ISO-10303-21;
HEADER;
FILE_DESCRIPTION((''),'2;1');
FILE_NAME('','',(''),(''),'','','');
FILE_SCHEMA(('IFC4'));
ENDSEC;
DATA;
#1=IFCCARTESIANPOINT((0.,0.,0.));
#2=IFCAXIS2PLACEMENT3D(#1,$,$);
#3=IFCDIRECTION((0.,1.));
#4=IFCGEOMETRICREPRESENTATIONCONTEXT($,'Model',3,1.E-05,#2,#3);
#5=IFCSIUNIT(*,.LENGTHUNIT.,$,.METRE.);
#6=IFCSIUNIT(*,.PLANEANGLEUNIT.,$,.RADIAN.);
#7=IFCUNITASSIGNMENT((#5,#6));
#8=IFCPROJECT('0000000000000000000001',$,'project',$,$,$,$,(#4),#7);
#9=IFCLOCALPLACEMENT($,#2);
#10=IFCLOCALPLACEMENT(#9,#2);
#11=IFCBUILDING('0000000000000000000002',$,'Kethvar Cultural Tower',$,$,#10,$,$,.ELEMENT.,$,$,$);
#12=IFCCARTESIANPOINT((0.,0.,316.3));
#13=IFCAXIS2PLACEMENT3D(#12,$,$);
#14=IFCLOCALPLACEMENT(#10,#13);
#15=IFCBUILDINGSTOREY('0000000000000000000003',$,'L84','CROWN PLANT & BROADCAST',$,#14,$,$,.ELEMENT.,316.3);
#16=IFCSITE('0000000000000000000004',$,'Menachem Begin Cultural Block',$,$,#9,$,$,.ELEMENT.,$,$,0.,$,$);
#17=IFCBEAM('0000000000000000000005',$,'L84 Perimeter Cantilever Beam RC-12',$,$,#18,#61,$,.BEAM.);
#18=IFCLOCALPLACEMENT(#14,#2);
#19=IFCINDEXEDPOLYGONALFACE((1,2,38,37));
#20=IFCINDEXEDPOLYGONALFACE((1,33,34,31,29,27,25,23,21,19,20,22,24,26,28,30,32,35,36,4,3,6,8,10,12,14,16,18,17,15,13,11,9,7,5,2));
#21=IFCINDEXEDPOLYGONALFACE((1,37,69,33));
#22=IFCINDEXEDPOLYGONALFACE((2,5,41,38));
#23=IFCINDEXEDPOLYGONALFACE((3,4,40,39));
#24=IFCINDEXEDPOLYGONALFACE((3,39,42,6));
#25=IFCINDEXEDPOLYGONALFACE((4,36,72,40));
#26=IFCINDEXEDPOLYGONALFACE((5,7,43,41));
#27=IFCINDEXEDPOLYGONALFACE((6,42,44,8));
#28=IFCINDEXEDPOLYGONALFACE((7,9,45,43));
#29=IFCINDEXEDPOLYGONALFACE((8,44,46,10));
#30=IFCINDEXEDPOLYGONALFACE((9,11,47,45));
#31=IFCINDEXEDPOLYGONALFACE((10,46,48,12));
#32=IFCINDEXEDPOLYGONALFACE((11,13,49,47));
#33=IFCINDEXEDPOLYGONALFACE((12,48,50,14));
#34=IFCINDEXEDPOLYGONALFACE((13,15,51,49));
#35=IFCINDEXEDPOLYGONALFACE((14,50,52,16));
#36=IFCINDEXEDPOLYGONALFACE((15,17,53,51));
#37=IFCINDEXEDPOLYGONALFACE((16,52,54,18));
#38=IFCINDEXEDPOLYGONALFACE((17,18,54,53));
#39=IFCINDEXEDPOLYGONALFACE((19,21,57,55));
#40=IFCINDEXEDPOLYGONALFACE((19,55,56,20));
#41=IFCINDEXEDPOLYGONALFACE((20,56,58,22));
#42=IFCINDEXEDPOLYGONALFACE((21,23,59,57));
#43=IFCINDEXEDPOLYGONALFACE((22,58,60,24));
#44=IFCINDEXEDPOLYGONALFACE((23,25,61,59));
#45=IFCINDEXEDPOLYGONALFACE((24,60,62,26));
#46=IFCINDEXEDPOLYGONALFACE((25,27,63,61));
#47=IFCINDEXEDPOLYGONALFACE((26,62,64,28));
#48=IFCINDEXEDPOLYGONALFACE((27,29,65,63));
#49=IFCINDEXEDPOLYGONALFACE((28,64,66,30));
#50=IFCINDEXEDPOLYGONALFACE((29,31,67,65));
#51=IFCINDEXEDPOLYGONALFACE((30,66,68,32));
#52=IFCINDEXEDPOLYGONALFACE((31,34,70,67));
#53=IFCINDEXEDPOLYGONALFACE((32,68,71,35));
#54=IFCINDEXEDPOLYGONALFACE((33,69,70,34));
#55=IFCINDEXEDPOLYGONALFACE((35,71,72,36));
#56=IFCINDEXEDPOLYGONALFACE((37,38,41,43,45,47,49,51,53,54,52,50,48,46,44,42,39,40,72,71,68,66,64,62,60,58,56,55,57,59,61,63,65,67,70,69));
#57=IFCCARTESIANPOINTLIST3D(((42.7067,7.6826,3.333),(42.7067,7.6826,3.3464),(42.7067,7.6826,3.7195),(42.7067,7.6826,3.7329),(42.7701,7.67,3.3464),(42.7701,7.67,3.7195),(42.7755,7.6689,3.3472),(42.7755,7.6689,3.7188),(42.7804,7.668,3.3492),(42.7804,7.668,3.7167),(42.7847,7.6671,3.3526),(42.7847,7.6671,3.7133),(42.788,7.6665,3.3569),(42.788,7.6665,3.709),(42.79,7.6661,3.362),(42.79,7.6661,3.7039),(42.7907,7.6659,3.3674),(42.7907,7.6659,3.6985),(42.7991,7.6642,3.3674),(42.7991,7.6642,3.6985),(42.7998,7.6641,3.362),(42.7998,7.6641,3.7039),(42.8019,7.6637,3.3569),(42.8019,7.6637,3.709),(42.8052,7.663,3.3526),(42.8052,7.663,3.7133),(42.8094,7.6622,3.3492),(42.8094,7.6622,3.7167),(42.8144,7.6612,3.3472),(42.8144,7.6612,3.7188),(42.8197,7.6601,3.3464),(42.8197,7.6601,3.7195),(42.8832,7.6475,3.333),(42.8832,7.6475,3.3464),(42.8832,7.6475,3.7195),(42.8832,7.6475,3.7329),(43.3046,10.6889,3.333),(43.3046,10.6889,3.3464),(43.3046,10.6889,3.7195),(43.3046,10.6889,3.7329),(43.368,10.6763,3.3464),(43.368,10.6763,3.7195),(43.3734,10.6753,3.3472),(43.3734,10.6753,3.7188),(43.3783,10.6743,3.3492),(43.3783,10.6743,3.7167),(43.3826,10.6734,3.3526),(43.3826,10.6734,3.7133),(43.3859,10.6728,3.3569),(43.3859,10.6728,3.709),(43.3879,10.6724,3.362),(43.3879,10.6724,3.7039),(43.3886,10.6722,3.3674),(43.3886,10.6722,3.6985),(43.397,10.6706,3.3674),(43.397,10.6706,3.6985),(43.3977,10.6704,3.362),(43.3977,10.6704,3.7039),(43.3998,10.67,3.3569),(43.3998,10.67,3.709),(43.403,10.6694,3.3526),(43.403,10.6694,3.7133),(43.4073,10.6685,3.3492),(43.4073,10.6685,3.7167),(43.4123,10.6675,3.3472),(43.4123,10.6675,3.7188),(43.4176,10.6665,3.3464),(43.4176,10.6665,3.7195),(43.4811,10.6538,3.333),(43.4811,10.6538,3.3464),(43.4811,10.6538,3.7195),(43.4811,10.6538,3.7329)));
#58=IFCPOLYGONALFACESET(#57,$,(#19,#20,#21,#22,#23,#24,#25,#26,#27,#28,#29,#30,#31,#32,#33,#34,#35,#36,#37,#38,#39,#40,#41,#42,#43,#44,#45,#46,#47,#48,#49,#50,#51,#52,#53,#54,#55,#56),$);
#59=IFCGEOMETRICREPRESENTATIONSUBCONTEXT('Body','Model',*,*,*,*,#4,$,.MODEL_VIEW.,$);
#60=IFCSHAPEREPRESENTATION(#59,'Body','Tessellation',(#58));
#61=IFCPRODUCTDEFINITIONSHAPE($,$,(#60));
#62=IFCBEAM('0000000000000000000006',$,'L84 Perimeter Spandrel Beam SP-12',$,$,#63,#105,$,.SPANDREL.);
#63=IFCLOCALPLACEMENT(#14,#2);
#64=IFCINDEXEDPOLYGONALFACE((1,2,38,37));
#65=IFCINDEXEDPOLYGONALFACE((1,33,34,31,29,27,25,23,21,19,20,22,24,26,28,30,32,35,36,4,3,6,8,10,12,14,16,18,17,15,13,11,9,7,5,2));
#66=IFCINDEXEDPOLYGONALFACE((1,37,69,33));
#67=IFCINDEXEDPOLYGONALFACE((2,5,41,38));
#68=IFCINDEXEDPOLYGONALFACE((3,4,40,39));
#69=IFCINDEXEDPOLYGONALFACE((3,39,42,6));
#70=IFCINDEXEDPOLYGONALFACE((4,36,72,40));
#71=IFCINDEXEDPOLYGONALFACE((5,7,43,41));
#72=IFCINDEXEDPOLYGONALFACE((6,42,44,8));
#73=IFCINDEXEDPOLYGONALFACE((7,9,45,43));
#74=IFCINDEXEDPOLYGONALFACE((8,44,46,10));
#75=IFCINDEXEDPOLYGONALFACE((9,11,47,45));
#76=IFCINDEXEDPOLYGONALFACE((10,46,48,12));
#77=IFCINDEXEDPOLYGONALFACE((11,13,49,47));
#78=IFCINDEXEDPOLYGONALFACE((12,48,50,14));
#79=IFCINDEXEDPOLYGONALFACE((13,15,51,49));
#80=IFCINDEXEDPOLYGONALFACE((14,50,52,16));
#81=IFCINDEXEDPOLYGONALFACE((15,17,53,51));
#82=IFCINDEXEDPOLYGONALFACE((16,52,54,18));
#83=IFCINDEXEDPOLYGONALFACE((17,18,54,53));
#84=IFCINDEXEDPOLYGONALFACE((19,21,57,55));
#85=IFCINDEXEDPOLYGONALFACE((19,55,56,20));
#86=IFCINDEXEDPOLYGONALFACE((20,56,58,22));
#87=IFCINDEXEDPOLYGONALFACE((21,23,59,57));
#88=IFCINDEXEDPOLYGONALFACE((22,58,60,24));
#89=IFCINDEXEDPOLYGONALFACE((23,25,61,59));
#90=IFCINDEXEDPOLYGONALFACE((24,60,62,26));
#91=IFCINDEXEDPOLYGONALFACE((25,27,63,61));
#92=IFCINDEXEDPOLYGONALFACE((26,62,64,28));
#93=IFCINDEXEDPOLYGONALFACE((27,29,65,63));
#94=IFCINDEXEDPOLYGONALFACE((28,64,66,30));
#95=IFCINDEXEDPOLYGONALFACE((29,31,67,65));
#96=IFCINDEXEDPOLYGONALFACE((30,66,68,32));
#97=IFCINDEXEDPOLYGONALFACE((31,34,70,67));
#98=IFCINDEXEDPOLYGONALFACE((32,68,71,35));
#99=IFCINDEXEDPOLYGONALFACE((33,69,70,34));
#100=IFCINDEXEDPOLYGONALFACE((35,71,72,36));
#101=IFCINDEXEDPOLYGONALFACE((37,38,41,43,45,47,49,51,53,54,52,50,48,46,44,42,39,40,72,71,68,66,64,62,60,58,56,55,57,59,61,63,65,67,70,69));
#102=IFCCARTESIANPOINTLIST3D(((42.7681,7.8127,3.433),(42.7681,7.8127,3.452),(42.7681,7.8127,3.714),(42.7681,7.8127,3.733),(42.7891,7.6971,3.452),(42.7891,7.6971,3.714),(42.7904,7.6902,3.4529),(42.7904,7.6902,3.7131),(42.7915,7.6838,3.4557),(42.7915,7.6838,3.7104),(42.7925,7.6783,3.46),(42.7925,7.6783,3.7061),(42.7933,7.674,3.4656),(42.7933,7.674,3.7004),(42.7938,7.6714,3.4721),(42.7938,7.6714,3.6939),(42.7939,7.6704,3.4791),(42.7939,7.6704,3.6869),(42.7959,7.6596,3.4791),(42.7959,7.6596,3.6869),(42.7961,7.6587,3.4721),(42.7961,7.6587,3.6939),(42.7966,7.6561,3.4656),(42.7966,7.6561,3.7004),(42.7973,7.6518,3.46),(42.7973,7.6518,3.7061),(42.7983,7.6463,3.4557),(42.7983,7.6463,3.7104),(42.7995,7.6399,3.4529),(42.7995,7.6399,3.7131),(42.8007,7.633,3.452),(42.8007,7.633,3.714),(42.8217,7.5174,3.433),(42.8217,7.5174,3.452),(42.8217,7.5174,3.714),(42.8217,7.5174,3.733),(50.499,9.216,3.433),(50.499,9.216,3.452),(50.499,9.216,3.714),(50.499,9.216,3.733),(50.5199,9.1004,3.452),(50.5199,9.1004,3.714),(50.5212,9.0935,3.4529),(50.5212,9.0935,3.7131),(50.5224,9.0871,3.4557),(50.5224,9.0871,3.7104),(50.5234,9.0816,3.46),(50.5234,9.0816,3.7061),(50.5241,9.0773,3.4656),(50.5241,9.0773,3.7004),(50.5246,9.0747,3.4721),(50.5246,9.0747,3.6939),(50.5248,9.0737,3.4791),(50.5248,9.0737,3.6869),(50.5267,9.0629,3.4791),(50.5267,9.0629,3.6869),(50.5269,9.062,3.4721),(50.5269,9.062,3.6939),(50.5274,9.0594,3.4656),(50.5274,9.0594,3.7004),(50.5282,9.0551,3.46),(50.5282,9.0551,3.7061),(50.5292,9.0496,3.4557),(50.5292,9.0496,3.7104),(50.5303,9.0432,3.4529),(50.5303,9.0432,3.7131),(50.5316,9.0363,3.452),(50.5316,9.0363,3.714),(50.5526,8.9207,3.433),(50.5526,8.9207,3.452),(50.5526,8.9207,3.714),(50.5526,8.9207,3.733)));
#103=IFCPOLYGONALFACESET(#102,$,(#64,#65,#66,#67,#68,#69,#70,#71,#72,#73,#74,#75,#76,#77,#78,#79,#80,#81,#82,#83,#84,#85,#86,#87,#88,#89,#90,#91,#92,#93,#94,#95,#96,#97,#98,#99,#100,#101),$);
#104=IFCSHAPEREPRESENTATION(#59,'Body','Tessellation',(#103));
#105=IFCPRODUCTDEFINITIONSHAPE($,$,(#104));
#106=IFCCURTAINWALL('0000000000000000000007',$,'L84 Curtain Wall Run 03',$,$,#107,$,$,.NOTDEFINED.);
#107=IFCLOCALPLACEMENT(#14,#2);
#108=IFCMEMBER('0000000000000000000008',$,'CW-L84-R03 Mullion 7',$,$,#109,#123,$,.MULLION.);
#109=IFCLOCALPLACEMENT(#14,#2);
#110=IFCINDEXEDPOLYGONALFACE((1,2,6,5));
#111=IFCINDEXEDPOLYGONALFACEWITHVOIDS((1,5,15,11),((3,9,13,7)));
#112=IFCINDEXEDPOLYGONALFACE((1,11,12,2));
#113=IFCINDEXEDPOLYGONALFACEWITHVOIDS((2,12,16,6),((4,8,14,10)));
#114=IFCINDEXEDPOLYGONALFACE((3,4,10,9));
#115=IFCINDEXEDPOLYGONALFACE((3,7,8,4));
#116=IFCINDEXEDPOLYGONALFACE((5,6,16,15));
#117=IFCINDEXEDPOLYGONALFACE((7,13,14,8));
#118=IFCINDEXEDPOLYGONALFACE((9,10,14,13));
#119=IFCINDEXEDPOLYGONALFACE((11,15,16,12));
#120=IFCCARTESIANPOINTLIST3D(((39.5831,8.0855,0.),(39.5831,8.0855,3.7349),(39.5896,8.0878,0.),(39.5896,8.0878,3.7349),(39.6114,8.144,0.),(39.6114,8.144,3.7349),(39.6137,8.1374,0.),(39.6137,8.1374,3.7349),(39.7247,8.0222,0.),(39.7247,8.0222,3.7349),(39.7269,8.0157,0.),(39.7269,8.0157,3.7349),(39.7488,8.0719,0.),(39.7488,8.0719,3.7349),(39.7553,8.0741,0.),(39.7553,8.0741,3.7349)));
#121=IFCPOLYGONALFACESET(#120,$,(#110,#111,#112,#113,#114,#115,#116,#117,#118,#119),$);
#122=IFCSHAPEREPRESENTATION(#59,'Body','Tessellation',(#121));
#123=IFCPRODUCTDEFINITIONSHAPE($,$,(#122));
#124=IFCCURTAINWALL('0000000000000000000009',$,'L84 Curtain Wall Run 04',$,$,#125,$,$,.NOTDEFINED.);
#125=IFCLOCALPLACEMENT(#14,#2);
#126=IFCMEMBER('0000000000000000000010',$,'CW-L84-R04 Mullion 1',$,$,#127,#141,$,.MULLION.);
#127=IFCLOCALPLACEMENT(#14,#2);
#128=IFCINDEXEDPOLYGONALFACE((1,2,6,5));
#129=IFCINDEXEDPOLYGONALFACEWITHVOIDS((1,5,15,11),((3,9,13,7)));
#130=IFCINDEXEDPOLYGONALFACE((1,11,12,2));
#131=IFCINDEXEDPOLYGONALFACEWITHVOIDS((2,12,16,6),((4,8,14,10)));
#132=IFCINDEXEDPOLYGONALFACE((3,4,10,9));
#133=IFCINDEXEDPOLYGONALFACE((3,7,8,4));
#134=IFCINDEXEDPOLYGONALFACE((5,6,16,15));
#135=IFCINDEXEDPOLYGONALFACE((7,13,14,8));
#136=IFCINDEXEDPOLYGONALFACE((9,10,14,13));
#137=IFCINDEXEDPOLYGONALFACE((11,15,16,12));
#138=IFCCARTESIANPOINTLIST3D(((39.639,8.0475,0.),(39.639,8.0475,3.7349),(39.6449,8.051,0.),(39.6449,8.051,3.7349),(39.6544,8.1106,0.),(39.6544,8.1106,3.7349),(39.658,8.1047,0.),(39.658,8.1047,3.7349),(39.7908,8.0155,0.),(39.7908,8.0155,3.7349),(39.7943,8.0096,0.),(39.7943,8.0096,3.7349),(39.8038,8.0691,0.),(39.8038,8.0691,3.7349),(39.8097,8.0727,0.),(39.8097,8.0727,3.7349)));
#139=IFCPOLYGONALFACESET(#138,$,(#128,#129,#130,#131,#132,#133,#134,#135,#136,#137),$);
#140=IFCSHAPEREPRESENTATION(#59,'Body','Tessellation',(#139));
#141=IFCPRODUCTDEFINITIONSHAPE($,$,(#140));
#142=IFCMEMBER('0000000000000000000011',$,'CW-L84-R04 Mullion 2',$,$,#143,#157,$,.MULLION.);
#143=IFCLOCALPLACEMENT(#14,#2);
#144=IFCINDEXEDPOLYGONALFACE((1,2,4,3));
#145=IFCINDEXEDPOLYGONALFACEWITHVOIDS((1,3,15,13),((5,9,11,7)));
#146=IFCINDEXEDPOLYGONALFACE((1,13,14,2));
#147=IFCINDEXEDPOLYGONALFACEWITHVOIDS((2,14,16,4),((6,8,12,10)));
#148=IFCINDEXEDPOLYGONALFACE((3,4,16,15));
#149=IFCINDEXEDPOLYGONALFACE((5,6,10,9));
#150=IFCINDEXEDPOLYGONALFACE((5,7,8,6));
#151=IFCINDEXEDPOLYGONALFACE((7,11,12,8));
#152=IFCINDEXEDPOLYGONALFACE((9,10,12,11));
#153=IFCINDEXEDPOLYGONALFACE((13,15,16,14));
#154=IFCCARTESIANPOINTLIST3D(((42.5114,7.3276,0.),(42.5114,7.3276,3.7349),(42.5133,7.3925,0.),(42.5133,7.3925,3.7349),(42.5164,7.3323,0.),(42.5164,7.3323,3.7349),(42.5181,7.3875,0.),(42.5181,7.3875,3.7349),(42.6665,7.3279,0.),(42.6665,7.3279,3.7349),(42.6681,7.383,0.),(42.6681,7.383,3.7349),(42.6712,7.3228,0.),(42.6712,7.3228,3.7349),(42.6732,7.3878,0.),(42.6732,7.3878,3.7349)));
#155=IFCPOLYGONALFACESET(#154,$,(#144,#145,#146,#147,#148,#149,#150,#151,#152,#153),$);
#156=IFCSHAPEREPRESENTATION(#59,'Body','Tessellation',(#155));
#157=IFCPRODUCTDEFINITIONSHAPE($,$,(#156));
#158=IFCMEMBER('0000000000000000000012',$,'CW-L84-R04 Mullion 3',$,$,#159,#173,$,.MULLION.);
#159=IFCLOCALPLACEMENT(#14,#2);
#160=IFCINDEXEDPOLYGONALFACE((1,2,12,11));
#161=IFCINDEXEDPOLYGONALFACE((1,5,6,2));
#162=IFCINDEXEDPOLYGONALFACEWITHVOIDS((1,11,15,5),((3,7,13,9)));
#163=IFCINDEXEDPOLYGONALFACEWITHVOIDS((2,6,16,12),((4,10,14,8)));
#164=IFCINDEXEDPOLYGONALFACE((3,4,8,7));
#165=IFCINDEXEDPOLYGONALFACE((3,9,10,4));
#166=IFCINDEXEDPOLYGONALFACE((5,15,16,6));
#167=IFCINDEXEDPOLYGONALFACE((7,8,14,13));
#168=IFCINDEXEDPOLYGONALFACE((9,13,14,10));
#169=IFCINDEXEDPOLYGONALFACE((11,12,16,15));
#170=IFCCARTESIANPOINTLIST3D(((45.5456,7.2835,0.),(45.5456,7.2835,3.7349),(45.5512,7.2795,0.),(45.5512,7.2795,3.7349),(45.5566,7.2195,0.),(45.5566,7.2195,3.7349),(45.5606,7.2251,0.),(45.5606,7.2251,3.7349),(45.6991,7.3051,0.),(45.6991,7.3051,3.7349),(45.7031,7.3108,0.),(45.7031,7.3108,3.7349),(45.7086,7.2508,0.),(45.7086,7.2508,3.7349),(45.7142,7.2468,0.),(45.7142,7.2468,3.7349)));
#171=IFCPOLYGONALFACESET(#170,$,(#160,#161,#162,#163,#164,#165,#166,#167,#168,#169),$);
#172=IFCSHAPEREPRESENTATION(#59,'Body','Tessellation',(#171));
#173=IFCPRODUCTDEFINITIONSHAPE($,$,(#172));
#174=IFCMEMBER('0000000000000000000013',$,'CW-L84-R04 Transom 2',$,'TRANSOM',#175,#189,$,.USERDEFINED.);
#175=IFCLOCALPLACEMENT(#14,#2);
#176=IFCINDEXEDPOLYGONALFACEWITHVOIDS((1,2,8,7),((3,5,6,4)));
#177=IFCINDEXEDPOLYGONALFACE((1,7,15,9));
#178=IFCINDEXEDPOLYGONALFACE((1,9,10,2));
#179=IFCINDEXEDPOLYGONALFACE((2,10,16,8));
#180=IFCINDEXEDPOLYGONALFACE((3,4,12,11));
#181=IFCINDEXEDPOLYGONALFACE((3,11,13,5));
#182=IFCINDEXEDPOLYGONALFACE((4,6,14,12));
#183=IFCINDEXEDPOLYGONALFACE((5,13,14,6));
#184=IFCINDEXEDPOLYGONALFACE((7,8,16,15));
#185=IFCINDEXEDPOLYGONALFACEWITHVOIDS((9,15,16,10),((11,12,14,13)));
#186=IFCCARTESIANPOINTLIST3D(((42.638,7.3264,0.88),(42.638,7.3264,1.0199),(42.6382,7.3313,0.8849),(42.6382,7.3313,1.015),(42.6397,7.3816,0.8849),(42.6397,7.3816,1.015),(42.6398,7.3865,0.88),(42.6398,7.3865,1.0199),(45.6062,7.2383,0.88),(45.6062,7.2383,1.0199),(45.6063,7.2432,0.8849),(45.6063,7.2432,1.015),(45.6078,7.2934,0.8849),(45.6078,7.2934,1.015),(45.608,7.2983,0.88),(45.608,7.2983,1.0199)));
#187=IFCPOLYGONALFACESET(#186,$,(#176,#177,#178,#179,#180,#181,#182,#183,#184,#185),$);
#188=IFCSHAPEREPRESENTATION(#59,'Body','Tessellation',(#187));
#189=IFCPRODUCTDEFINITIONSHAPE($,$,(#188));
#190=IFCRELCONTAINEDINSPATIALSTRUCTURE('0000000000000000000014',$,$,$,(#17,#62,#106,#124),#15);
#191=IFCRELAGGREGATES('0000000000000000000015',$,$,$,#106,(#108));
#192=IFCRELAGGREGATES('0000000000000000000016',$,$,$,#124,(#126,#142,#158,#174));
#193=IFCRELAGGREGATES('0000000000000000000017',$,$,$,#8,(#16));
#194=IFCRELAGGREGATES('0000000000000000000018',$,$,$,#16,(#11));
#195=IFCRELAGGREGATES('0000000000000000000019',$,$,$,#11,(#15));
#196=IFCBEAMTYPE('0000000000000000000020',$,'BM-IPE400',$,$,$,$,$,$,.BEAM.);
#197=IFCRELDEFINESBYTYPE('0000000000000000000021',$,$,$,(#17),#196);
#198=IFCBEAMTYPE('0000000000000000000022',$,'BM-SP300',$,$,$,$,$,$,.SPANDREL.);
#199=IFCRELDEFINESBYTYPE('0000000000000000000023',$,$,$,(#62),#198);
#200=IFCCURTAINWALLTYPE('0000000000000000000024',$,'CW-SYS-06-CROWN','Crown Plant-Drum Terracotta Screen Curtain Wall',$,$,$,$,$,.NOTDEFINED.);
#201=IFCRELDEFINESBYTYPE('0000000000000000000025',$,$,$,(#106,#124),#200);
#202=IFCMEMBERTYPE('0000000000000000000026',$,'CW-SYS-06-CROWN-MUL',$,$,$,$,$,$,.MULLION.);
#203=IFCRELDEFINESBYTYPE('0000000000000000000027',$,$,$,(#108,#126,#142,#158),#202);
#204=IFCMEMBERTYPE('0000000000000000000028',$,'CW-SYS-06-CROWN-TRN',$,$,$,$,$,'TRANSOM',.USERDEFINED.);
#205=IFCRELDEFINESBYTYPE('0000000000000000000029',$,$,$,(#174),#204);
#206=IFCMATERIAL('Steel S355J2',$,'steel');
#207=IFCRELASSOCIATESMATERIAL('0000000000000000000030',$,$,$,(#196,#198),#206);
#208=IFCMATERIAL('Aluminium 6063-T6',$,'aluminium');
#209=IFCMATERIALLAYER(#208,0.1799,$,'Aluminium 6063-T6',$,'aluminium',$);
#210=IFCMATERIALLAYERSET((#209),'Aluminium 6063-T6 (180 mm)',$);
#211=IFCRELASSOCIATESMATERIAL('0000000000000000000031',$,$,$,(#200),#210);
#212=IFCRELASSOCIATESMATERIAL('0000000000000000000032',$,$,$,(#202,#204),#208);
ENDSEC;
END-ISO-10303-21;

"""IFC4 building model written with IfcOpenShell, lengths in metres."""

from ifc_helpers import new_model, si_unit, direction, frame, origin, origin_2d, place, context, subcontext, project, spatial, hollow_rectangle, i_section, extrude, source, transform, mapped, material, layer, layer_set, material_profile, profile_set, type_object, element, aggregate, save


model = new_model("IFC4")

# Units and contexts
model_context = context("Model", 3, precision=1e-05, world=origin(), true_north=direction((0.0, 1.0)))
body_context = subcontext(model_context, "Body", "Model", "MODEL_VIEW")
ifc_project = project(units=[si_unit("LENGTHUNIT", "METRE"), si_unit("PLANEANGLEUNIT", "RADIAN")], contexts=[model_context])

# Site, building, storey
site_placement = place(None, origin())
site = spatial("IfcSite", under=ifc_project, at=site_placement, Name="Menachem Begin Cultural Block", CompositionType="ELEMENT", RefElevation=0.0)
building_placement = place(site_placement, origin())
building = spatial("IfcBuilding", under=site, at=building_placement, Name="Kethvar Cultural Tower", CompositionType="ELEMENT")
storey_placement = place(building_placement, frame((0.0, 0.0, 316.3)))
storey = spatial("IfcBuildingStorey", under=building, at=storey_placement, Name="L84", Description="CROWN PLANT & BROADCAST", CompositionType="ELEMENT", Elevation=316.3)

# Shared definitions
ifc_material_1 = material(Name="Steel S355J2", Category="steel")

# Beams
ifc_material_profile_1 = material_profile(ifc_material_1, i_section(OverallWidth=0.1799, OverallDepth=0.3999, WebThickness=0.0085, FlangeThickness=0.0134, FilletRadius=0.021, at=origin_2d()), Name="Steel S355J2 — IPE400")
ifc_profile_set_1 = profile_set([ifc_material_profile_1], Name="Steel S355J2 — IPE400")
beam_type_1 = type_object("IfcBeamType", Name="BM-IPE400", PredefinedType="BEAM", material=ifc_profile_set_1)
shared_shape_1 = source(origin(), body_context, "Body", "SweptSolid", [
    extrude(i_section(OverallWidth=0.1799, OverallDepth=0.3999, WebThickness=0.0085, FlangeThickness=0.0134, FilletRadius=0.021, at=origin_2d()), origin(), (0.0, 0.0, 1.0), 3.0652),
])
beam_1_placement = place(storey_placement, frame((43.3928, 10.6714, 3.533), z_axis=(-0.195059, -0.980791, 0.0), x_axis=(0.980791, -0.195059, 0.0)))
element("IfcBeam", 1, at=beam_1_placement, inside=storey, type_object=beam_type_1, Name="L84 Perimeter Cantilever Beam RC-12", PredefinedType="BEAM", context=body_context, shape_type="MappedRepresentation", body=[
    mapped(shared_shape_1, transform((0.0, 0.0, 0.0), scale=1.0)),
])
ifc_material_profile_2 = material_profile(ifc_material_1, i_section(OverallWidth=0.3, OverallDepth=0.3, WebThickness=0.011, FlangeThickness=0.019, FilletRadius=0.0271, at=origin_2d()), Name="Steel S355J2 — HEB300")
ifc_profile_set_2 = profile_set([ifc_material_profile_2], Name="Steel S355J2 — HEB300")
beam_type_2 = type_object("IfcBeamType", Name="BM-SP300", PredefinedType="SPANDREL", material=ifc_profile_set_2)
shared_shape_2 = source(origin(), body_context, "Body", "SweptSolid", [
    extrude(i_section(OverallWidth=0.3, OverallDepth=0.3, WebThickness=0.011, FlangeThickness=0.019, FilletRadius=0.0271, at=origin_2d()), origin(), (0.0, 0.0, 1.0), 7.8572),
])
beam_2_placement = place(storey_placement, frame((42.7949, 7.665, 3.583), z_axis=(0.983922, 0.178601, 0.0), x_axis=(-0.178601, 0.983922, 0.0)))
element("IfcBeam", 2, at=beam_2_placement, inside=storey, type_object=beam_type_2, Name="L84 Perimeter Spandrel Beam SP-12", PredefinedType="SPANDREL", context=body_context, shape_type="MappedRepresentation", body=[
    mapped(shared_shape_2, transform((0.0, 0.0, 0.0), scale=1.0)),
])

# Curtain wall, member
ifc_material_2 = material(Name="Aluminium 6063-T6", Category="aluminium")
ifc_layer_1 = layer(ifc_material_2, 0.1799, Name="Aluminium 6063-T6", Category="aluminium")
ifc_layer_set_1 = layer_set([ifc_layer_1], Name="Aluminium 6063-T6 (180 mm)")
curtain_wall_type = type_object("IfcCurtainWallType", Name="CW-SYS-06-CROWN", Description="Crown Plant-Drum Terracotta Screen Curtain Wall", PredefinedType="NOTDEFINED", material=ifc_layer_set_1)
curtain_wall_1_placement = place(storey_placement, origin())
curtain_wall_1 = element("IfcCurtainWall", 3, at=curtain_wall_1_placement, inside=storey, type_object=curtain_wall_type, Name="L84 Curtain Wall Run 03", PredefinedType="NOTDEFINED")
ifc_material_profile_3 = material_profile(ifc_material_2, hollow_rectangle(XDim=0.0649, YDim=0.1599, WallThickness=0.0049, at=origin_2d()), Name="Aluminium 6063-T6 — RHS160x65x5")
ifc_profile_set_3 = profile_set([ifc_material_profile_3], Name="Aluminium 6063-T6 — RHS160x65x5")
member_type_1 = type_object("IfcMemberType", Name="CW-SYS-06-CROWN-MUL", PredefinedType="MULLION", material=ifc_profile_set_3)
shared_shape_3 = source(origin(), body_context, "Body", "SweptSolid", [
    extrude(hollow_rectangle(XDim=0.0649, YDim=0.1599, WallThickness=0.0049, at=origin_2d()), origin(), (0.0, 0.0, 1.0), 3.7349),
])
member_1_placement = place(storey_placement, frame((39.6692, 8.0798, 0.0), z_axis=(0.0, 0.0, 1.0), x_axis=(0.436676, 0.899619, 0.0)))
member_1 = element("IfcMember", 4, at=member_1_placement, type_object=member_type_1, Name="CW-L84-R03 Mullion 7", PredefinedType="MULLION", context=body_context, shape_type="MappedRepresentation", body=[
    mapped(shared_shape_3, transform((0.0, 0.0, 0.0), scale=1.0)),
])

# Curtain wall, members
curtain_wall_2_placement = place(storey_placement, origin())
curtain_wall_2 = element("IfcCurtainWall", 5, at=curtain_wall_2_placement, inside=storey, type_object=curtain_wall_type, Name="L84 Curtain Wall Run 04", PredefinedType="NOTDEFINED")
member_2_placement = place(storey_placement, frame((39.7244, 8.0601, 0.0), z_axis=(0.0, 0.0, 1.0), x_axis=(0.236974, 0.971516, 0.0)))
member_2 = element("IfcMember", 6, at=member_2_placement, type_object=member_type_1, Name="CW-L84-R04 Mullion 1", PredefinedType="MULLION", context=body_context, shape_type="MappedRepresentation", body=[
    mapped(shared_shape_3, transform((0.0, 0.0, 0.0), scale=1.0)),
])
member_3_placement = place(storey_placement, frame((42.5923, 7.3577, 0.0), z_axis=(0.0, 0.0, 1.0), x_axis=(0.029649, 0.99956, 0.0)))
member_3 = element("IfcMember", 7, at=member_3_placement, type_object=member_type_1, Name="CW-L84-R04 Mullion 2", PredefinedType="MULLION", context=body_context, shape_type="MappedRepresentation", body=[
    mapped(shared_shape_3, transform((0.0, 0.0, 0.0), scale=1.0)),
])
member_4_placement = place(storey_placement, frame((45.6299, 7.2651, 0.0), z_axis=(0.0, 0.0, 1.0), x_axis=(-0.170743, 0.985316, 0.0)))
member_4 = element("IfcMember", 8, at=member_4_placement, type_object=member_type_1, Name="CW-L84-R04 Mullion 3", PredefinedType="MULLION", context=body_context, shape_type="MappedRepresentation", body=[
    mapped(shared_shape_3, transform((0.0, 0.0, 0.0), scale=1.0)),
])
ifc_material_profile_4 = material_profile(ifc_material_2, hollow_rectangle(XDim=0.0601, YDim=0.1399, WallThickness=0.0049, at=origin_2d()), Name="Aluminium 6063-T6 — RHS140x60x5")
ifc_profile_set_4 = profile_set([ifc_material_profile_4], Name="Aluminium 6063-T6 — RHS140x60x5")
member_type_2 = type_object("IfcMemberType", Name="CW-SYS-06-CROWN-TRN", ElementType="TRANSOM", PredefinedType="USERDEFINED", material=ifc_profile_set_4)
shared_shape_4 = source(origin(), body_context, "Body", "SweptSolid", [
    extrude(hollow_rectangle(XDim=0.0601, YDim=0.1399, WallThickness=0.0049, at=origin_2d()), origin(), (0.0, 0.0, 1.0), 2.9695),
])
member_5_placement = place(storey_placement, frame((42.6389, 7.3564, 0.95), z_axis=(0.999559, -0.029679, 0.0), x_axis=(0.029679, 0.999559, 0.0)))
member_5 = element("IfcMember", 9, at=member_5_placement, type_object=member_type_2, Name="CW-L84-R04 Transom 2", ObjectType="TRANSOM", PredefinedType="USERDEFINED", context=body_context, shape_type="MappedRepresentation", body=[
    mapped(shared_shape_4, transform((0.0, 0.0, 0.0), scale=1.0)),
])

aggregate(curtain_wall_1, [member_1])
aggregate(curtain_wall_2, [member_2, member_3, member_4, member_5])

save(model, "model.ifc")
